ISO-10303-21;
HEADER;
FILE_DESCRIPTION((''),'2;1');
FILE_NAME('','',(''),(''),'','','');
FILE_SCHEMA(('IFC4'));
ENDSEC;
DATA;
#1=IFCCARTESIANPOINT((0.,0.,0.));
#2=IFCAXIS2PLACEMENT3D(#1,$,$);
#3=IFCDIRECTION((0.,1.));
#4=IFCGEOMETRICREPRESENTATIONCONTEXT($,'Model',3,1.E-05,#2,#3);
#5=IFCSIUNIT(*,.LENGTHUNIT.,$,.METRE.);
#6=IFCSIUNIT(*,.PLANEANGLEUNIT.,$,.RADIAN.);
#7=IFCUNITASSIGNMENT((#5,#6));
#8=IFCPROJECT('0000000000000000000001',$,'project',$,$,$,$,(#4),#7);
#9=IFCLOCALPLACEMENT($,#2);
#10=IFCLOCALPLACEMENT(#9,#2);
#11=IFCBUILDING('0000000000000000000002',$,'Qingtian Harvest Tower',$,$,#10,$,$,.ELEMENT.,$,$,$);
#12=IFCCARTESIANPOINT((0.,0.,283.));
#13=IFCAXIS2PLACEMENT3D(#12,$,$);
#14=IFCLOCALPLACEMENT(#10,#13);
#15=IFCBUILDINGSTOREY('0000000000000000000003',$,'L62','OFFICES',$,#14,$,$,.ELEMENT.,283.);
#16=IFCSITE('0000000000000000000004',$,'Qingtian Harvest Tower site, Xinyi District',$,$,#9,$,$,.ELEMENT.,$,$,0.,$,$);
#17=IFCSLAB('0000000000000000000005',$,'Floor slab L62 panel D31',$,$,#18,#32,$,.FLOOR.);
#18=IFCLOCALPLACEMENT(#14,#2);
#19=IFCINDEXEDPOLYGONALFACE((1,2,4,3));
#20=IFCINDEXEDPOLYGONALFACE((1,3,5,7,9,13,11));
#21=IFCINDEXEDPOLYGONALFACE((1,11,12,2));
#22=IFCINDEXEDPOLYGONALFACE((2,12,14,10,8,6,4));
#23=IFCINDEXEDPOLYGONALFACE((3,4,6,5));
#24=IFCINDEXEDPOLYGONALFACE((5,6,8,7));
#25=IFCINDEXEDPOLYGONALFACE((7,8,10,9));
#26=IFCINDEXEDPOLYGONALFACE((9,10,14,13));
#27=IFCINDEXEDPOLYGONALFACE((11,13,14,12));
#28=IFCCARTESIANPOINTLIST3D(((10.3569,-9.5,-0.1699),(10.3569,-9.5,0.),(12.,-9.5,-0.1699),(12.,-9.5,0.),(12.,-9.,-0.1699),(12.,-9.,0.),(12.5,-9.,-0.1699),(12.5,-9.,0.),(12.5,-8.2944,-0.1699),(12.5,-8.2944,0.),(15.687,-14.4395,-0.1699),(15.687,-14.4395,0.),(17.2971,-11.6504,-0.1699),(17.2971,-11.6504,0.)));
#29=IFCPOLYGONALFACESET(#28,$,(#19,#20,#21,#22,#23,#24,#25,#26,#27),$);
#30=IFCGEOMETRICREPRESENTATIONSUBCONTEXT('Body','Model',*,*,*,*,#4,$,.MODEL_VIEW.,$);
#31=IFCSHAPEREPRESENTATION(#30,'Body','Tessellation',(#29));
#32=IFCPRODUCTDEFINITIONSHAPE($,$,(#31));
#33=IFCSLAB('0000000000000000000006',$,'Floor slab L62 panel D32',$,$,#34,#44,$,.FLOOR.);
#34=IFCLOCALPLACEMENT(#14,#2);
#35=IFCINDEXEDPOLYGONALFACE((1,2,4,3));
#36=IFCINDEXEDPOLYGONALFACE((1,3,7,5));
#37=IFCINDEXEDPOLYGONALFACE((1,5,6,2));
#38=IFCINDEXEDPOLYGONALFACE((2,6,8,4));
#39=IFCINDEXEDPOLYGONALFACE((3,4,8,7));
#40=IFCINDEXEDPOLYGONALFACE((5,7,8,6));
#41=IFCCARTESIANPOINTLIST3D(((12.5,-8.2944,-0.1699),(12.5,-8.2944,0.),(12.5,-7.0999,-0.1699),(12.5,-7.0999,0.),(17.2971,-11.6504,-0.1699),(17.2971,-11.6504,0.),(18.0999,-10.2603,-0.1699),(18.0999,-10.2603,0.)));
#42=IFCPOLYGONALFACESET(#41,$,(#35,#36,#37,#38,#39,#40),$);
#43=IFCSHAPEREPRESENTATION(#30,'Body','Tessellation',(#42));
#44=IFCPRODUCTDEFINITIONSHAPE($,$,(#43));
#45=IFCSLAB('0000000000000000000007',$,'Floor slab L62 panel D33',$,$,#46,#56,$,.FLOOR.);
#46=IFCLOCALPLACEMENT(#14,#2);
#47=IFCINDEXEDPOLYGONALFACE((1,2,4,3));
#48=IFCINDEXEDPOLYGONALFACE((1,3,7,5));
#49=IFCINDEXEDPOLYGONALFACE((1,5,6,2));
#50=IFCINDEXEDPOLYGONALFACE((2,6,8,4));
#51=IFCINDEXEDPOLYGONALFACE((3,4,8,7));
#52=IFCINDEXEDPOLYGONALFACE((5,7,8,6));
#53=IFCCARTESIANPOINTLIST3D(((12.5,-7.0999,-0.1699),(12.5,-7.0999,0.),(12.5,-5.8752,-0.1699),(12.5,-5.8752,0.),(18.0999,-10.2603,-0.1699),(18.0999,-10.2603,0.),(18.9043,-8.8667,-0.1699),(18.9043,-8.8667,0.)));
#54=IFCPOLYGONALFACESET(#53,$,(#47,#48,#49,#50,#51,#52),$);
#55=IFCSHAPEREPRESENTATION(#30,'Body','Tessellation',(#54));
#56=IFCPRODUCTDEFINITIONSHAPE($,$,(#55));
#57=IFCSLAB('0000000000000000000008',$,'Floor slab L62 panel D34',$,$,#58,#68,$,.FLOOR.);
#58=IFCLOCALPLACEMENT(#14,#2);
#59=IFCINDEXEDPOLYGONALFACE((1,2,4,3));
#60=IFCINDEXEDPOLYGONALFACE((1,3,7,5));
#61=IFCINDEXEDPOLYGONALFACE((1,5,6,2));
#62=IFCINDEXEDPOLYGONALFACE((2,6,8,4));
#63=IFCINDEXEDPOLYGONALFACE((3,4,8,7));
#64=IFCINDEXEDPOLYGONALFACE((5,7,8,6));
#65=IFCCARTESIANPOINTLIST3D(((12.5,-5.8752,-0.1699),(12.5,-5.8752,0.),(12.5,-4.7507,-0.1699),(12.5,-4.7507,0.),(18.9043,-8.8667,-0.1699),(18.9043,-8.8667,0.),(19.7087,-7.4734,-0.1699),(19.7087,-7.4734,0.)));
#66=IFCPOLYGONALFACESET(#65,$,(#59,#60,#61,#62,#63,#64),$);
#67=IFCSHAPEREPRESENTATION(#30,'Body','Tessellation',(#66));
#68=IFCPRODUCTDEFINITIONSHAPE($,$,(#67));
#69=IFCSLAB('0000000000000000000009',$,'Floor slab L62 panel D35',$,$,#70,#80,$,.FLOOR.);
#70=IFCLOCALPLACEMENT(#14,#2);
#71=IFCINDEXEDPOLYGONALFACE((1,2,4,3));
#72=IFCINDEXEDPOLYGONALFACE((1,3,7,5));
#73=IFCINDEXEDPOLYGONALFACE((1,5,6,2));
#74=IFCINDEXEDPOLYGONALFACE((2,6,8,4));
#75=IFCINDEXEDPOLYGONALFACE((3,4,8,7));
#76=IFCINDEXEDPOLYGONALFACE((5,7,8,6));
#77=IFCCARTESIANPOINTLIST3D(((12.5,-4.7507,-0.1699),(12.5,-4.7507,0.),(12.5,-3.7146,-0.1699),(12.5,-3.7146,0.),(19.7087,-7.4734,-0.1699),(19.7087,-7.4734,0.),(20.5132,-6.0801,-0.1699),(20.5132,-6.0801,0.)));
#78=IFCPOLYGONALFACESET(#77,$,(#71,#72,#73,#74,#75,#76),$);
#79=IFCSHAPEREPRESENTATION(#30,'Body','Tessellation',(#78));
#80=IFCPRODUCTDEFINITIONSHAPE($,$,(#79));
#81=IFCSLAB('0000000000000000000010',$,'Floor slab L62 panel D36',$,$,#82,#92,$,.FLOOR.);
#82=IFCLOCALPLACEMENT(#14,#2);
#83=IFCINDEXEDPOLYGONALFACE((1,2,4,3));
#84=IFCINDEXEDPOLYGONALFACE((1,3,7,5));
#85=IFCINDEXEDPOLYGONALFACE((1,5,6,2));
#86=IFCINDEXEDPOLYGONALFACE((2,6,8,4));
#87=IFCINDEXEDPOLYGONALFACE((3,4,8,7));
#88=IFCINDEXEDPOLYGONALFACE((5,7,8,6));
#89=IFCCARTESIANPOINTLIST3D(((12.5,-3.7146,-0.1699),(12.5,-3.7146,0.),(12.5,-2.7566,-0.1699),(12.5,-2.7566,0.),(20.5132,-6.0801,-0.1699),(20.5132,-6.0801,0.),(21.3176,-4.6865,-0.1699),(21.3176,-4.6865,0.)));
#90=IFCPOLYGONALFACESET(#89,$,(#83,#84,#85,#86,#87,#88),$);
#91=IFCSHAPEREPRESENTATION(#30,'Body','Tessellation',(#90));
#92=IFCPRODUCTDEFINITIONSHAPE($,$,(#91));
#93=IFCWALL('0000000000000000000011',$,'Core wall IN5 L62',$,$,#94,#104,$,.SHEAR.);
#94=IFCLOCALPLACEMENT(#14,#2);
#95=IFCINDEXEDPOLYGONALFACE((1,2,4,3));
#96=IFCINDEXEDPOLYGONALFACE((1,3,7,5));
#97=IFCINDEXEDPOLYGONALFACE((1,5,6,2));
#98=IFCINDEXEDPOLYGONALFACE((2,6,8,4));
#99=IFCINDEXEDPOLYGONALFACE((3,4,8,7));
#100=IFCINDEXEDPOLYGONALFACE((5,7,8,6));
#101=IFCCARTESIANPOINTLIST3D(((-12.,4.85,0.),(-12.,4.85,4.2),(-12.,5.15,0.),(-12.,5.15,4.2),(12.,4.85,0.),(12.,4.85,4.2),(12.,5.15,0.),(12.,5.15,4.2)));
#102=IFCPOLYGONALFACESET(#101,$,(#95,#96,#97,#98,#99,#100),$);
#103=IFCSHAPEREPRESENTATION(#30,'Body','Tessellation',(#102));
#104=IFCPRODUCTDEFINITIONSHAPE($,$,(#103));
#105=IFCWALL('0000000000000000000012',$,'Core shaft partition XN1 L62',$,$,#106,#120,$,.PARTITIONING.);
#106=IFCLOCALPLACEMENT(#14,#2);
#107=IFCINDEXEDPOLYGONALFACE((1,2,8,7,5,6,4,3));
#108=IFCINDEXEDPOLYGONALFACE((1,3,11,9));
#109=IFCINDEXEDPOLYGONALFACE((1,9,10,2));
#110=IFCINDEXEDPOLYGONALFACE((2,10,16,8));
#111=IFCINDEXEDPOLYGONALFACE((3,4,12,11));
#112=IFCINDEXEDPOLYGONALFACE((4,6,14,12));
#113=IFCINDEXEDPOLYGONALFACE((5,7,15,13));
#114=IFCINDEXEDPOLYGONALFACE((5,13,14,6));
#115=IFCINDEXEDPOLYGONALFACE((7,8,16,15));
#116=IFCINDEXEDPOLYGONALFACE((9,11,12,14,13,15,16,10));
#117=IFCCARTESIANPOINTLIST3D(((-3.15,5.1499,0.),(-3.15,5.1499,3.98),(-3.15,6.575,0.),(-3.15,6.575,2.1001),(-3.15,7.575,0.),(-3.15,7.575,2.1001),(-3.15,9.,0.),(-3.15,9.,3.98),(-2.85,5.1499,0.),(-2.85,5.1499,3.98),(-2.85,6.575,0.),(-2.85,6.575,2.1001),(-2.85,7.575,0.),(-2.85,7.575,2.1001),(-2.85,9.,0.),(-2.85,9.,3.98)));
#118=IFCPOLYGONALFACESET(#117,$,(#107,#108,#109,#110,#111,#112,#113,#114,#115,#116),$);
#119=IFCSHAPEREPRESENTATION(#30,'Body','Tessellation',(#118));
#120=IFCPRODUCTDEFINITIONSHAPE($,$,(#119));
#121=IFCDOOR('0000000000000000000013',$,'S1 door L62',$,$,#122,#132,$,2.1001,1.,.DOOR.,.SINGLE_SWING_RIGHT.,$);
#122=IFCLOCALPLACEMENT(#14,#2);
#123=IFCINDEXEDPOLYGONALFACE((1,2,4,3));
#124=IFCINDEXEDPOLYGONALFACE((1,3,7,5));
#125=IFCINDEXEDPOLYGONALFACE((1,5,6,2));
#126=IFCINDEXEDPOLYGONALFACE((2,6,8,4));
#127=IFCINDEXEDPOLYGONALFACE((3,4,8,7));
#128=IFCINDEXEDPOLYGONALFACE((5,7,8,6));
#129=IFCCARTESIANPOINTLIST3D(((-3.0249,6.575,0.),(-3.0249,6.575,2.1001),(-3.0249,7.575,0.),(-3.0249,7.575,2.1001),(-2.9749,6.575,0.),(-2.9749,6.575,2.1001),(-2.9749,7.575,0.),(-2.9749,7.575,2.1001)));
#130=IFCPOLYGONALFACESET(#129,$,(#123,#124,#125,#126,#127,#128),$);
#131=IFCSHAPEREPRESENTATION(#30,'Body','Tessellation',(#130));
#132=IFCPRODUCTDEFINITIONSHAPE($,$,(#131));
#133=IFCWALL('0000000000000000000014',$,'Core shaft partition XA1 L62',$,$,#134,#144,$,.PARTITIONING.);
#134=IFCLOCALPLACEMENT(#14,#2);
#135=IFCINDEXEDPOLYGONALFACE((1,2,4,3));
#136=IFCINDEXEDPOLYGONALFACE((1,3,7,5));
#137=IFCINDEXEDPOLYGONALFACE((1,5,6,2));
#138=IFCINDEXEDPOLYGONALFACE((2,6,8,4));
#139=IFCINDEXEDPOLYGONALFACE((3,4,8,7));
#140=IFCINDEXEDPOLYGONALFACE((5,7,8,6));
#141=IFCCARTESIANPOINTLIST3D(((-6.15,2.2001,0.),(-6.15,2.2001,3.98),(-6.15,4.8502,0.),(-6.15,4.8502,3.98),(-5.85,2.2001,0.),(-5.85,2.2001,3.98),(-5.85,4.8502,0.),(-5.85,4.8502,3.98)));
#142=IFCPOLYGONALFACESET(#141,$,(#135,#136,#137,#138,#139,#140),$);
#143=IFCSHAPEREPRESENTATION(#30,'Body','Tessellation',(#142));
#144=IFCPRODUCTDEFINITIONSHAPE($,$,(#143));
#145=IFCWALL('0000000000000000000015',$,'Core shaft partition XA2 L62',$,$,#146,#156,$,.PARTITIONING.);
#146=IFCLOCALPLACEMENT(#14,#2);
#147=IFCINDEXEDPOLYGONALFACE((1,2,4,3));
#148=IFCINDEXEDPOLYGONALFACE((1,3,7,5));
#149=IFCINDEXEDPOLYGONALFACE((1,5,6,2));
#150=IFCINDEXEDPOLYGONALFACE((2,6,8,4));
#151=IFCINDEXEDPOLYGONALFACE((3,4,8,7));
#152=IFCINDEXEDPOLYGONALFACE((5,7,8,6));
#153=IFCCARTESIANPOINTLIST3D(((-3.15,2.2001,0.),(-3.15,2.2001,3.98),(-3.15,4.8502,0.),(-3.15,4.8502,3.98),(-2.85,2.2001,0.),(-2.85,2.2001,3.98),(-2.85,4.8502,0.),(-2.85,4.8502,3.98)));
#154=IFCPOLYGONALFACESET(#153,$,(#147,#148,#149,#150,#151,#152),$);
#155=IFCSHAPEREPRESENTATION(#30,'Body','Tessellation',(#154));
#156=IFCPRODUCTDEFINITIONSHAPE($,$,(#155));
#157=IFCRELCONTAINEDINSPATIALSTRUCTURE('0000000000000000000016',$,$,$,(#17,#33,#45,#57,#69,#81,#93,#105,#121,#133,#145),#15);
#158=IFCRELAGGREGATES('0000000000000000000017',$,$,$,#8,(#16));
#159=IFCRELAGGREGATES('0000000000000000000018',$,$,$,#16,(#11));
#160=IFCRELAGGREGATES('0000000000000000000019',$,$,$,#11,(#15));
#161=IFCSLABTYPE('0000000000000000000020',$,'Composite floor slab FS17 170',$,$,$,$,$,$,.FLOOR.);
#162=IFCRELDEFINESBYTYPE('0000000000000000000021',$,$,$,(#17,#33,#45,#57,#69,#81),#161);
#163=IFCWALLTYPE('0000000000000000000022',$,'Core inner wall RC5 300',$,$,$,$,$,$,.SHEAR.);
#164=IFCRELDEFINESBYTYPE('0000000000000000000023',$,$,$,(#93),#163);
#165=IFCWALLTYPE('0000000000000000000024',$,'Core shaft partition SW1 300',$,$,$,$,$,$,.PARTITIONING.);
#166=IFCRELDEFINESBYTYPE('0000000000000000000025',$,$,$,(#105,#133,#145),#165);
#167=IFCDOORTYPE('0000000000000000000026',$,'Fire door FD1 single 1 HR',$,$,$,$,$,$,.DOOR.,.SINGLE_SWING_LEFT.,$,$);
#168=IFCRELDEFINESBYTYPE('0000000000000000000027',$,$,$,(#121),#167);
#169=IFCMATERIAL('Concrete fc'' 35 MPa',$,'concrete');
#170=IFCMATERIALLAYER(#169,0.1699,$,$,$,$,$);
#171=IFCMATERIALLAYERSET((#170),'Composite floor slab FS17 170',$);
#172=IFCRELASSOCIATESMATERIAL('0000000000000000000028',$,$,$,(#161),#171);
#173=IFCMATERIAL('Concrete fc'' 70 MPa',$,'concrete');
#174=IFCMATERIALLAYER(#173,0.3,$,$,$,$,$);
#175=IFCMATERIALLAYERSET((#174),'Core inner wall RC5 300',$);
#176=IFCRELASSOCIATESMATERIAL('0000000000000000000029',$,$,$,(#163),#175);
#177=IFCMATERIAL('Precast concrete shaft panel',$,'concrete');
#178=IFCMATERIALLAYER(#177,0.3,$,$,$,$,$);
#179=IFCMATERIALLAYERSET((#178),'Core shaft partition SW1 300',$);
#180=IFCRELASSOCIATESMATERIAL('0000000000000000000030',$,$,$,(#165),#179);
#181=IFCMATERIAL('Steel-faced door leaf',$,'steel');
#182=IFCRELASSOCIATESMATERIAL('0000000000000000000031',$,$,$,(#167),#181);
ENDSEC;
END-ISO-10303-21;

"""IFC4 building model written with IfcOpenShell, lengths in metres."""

from ifc_helpers import new_model, si_unit, direction, frame, frame_2d, origin, place, context, subcontext, project, spatial, polyline, rectangle, outline, extrude, material, layer, layer_set, type_object, element, fill, save


model = new_model("IFC4")

# Units and contexts
model_context = context("Model", 3, precision=1e-05, world=origin(), true_north=direction((0.0, 1.0)))
body_context = subcontext(model_context, "Body", "Model", "MODEL_VIEW")
ifc_project = project(units=[si_unit("LENGTHUNIT", "METRE"), si_unit("PLANEANGLEUNIT", "RADIAN")], contexts=[model_context])

# Site, building, storey
site_placement = place(None, origin())
site = spatial("IfcSite", under=ifc_project, at=site_placement, Name="Qingtian Harvest Tower site, Xinyi District", CompositionType="ELEMENT", RefElevation=0.0)
building_placement = place(site_placement, origin())
building = spatial("IfcBuilding", under=site, at=building_placement, Name="Qingtian Harvest Tower", CompositionType="ELEMENT")
storey_placement = place(building_placement, frame((0.0, 0.0, 283.0)))
storey = spatial("IfcBuildingStorey", under=building, at=storey_placement, Name="L62", Description="OFFICES", CompositionType="ELEMENT", Elevation=283.0)

# Slabs
ifc_material_1 = material(Name="Concrete fc' 35 MPa", Category="concrete")
ifc_layer_1 = layer(ifc_material_1, 0.1699)
ifc_layer_set_1 = layer_set([ifc_layer_1], Name="Composite floor slab FS17 170")
slab_type = type_object("IfcSlabType", Name="Composite floor slab FS17 170", PredefinedType="FLOOR", material=ifc_layer_set_1)
slab_1_placement = place(storey_placement, frame((0.0, 0.0, -0.1699)))
element("IfcSlab", 1, at=slab_1_placement, inside=storey, type_object=slab_type, Name="Floor slab L62 panel D31", PredefinedType="FLOOR", context=body_context, shape_type="SweptSolid", body=[
    extrude(outline(polyline([(12.5, -8.2944), (17.2971, -11.6504), (15.687, -14.4395), (10.3569, -9.5), (12.0, -9.5), (12.0, -9.0), (12.5, -9.0), (12.5, -8.2944)])), origin(), (0.0, 0.0, 1.0), 0.1699),
])
slab_2_placement = place(storey_placement, frame((0.0, 0.0, -0.1699)))
element("IfcSlab", 2, at=slab_2_placement, inside=storey, type_object=slab_type, Name="Floor slab L62 panel D32", PredefinedType="FLOOR", context=body_context, shape_type="SweptSolid", body=[
    extrude(outline(polyline([(12.5, -7.0999), (18.0999, -10.2603), (17.2971, -11.6504), (12.5, -8.2944), (12.5, -7.0999)])), origin(), (0.0, 0.0, 1.0), 0.1699),
])
slab_3_placement = place(storey_placement, frame((0.0, 0.0, -0.1699)))
element("IfcSlab", 3, at=slab_3_placement, inside=storey, type_object=slab_type, Name="Floor slab L62 panel D33", PredefinedType="FLOOR", context=body_context, shape_type="SweptSolid", body=[
    extrude(outline(polyline([(12.5, -5.8752), (18.9043, -8.8667), (18.0999, -10.2603), (12.5, -7.0999), (12.5, -5.8752)])), origin(), (0.0, 0.0, 1.0), 0.1699),
])
slab_4_placement = place(storey_placement, frame((0.0, 0.0, -0.1699)))
element("IfcSlab", 4, at=slab_4_placement, inside=storey, type_object=slab_type, Name="Floor slab L62 panel D34", PredefinedType="FLOOR", context=body_context, shape_type="SweptSolid", body=[
    extrude(outline(polyline([(12.5, -4.7507), (19.7087, -7.4734), (18.9043, -8.8667), (12.5, -5.8752), (12.5, -4.7507)])), origin(), (0.0, 0.0, 1.0), 0.1699),
])
slab_5_placement = place(storey_placement, frame((0.0, 0.0, -0.1699)))
element("IfcSlab", 5, at=slab_5_placement, inside=storey, type_object=slab_type, Name="Floor slab L62 panel D35", PredefinedType="FLOOR", context=body_context, shape_type="SweptSolid", body=[
    extrude(outline(polyline([(12.5, -3.7146), (20.5132, -6.0801), (19.7087, -7.4734), (12.5, -4.7507), (12.5, -3.7146)])), origin(), (0.0, 0.0, 1.0), 0.1699),
])
slab_6_placement = place(storey_placement, frame((0.0, 0.0, -0.1699)))
element("IfcSlab", 6, at=slab_6_placement, inside=storey, type_object=slab_type, Name="Floor slab L62 panel D36", PredefinedType="FLOOR", context=body_context, shape_type="SweptSolid", body=[
    extrude(outline(polyline([(12.5, -2.7566), (21.3176, -4.6865), (20.5132, -6.0801), (12.5, -3.7146), (12.5, -2.7566)])), origin(), (0.0, 0.0, 1.0), 0.1699),
])

# Wall
ifc_material_2 = material(Name="Concrete fc' 70 MPa", Category="concrete")
ifc_layer_2 = layer(ifc_material_2, 0.3)
ifc_layer_set_2 = layer_set([ifc_layer_2], Name="Core inner wall RC5 300")
wall_type_1 = type_object("IfcWallType", Name="Core inner wall RC5 300", PredefinedType="SHEAR", material=ifc_layer_set_2)
wall_1_placement = place(storey_placement, frame((-12.0, 5.0, 0.0), z_axis=(0.0, 0.0, 1.0), x_axis=(1.0, 0.0, 0.0)))
element("IfcWall", 7, at=wall_1_placement, inside=storey, type_object=wall_type_1, Name="Core wall IN5 L62", PredefinedType="SHEAR", context=body_context, shape_type="SweptSolid", body=[
    extrude(rectangle(XDim=24.0, YDim=0.3, at=frame_2d((12.0, 0.0))), origin(), (0.0, 0.0, 1.0), 4.2),
])

# Wall, opening, door
ifc_material_3 = material(Name="Precast concrete shaft panel", Category="concrete")
ifc_layer_3 = layer(ifc_material_3, 0.3)
ifc_layer_set_3 = layer_set([ifc_layer_3], Name="Core shaft partition SW1 300")
wall_type_2 = type_object("IfcWallType", Name="Core shaft partition SW1 300", PredefinedType="PARTITIONING", material=ifc_layer_set_3)
wall_2_placement = place(storey_placement, frame((-3.0, 5.1499, 0.0), z_axis=(0.0, 0.0, 1.0), x_axis=(0.0, 1.0, 0.0)))
wall_2 = element("IfcWall", 8, at=wall_2_placement, inside=storey, type_object=wall_type_2, Name="Core shaft partition XN1 L62", PredefinedType="PARTITIONING", context=body_context, shape_type="SweptSolid", body=[
    extrude(rectangle(XDim=3.8501, YDim=0.3, at=frame_2d((1.925, 0.0))), origin(), (0.0, 0.0, 1.0), 3.98),
])
opening_1_placement = place(wall_2_placement, frame((1.425, 0.0, 0.0)))
opening_1 = element("IfcOpeningElement", 9, at=opening_1_placement, cuts=wall_2, PredefinedType="OPENING", context=body_context, shape_type="SweptSolid", body=[
    extrude(rectangle(XDim=1.0, YDim=2.1001, at=frame_2d((0.5, 1.05))), frame((0.0, 0.1599, 0.0), z_axis=(0.0, -1.0, 0.0), x_axis=(1.0, 0.0, 0.0)), (0.0, 0.0, 1.0), 0.3201),
])
ifc_material_4 = material(Name="Steel-faced door leaf", Category="steel")
door_type_1 = type_object("IfcDoorType", Name="Fire door FD1 single 1 HR", OperationType="SINGLE_SWING_LEFT", PredefinedType="DOOR", material=ifc_material_4)
door_1_placement = place(opening_1_placement, origin())
door_1 = element("IfcDoor", 10, at=door_1_placement, inside=storey, type_object=door_type_1, Name="S1 door L62", OperationType="SINGLE_SWING_RIGHT", OverallHeight=2.1001, OverallWidth=1.0, PredefinedType="DOOR", context=body_context, shape_type="SweptSolid", body=[
    extrude(rectangle(XDim=1.0, YDim=2.1001, at=frame_2d((0.5, 1.05))), frame((0.0, 0.0249, 0.0), z_axis=(0.0, -1.0, 0.0), x_axis=(1.0, 0.0, 0.0)), (0.0, 0.0, 1.0), 0.05),
])
fill(opening_1, door_1)

# Walls
for number, where, z_axis, x_axis, name in (
    (11, (-6.0, 2.2, 0.0), (0.0, 0.0, 1.0), (0.0, 1.0, 0.0), "Core shaft partition XA1 L62"),
    (12, (-3.0, 2.2, 0.0), (0.0, 0.0, 1.0), (0.0, 1.0, 0.0), "Core shaft partition XA2 L62"),
):
    element("IfcWall", number, at=place(storey_placement, frame(where, z_axis=z_axis, x_axis=x_axis)), inside=storey, type_object=wall_type_2, Name=name, PredefinedType="PARTITIONING", context=body_context, shape_type="SweptSolid", body=[
        extrude(rectangle(XDim=2.6501, YDim=0.3, at=frame_2d((1.3252, 0.0))), origin(), (0.0, 0.0, 1.0), 3.98),
    ])

save(model, "model.ifc")
